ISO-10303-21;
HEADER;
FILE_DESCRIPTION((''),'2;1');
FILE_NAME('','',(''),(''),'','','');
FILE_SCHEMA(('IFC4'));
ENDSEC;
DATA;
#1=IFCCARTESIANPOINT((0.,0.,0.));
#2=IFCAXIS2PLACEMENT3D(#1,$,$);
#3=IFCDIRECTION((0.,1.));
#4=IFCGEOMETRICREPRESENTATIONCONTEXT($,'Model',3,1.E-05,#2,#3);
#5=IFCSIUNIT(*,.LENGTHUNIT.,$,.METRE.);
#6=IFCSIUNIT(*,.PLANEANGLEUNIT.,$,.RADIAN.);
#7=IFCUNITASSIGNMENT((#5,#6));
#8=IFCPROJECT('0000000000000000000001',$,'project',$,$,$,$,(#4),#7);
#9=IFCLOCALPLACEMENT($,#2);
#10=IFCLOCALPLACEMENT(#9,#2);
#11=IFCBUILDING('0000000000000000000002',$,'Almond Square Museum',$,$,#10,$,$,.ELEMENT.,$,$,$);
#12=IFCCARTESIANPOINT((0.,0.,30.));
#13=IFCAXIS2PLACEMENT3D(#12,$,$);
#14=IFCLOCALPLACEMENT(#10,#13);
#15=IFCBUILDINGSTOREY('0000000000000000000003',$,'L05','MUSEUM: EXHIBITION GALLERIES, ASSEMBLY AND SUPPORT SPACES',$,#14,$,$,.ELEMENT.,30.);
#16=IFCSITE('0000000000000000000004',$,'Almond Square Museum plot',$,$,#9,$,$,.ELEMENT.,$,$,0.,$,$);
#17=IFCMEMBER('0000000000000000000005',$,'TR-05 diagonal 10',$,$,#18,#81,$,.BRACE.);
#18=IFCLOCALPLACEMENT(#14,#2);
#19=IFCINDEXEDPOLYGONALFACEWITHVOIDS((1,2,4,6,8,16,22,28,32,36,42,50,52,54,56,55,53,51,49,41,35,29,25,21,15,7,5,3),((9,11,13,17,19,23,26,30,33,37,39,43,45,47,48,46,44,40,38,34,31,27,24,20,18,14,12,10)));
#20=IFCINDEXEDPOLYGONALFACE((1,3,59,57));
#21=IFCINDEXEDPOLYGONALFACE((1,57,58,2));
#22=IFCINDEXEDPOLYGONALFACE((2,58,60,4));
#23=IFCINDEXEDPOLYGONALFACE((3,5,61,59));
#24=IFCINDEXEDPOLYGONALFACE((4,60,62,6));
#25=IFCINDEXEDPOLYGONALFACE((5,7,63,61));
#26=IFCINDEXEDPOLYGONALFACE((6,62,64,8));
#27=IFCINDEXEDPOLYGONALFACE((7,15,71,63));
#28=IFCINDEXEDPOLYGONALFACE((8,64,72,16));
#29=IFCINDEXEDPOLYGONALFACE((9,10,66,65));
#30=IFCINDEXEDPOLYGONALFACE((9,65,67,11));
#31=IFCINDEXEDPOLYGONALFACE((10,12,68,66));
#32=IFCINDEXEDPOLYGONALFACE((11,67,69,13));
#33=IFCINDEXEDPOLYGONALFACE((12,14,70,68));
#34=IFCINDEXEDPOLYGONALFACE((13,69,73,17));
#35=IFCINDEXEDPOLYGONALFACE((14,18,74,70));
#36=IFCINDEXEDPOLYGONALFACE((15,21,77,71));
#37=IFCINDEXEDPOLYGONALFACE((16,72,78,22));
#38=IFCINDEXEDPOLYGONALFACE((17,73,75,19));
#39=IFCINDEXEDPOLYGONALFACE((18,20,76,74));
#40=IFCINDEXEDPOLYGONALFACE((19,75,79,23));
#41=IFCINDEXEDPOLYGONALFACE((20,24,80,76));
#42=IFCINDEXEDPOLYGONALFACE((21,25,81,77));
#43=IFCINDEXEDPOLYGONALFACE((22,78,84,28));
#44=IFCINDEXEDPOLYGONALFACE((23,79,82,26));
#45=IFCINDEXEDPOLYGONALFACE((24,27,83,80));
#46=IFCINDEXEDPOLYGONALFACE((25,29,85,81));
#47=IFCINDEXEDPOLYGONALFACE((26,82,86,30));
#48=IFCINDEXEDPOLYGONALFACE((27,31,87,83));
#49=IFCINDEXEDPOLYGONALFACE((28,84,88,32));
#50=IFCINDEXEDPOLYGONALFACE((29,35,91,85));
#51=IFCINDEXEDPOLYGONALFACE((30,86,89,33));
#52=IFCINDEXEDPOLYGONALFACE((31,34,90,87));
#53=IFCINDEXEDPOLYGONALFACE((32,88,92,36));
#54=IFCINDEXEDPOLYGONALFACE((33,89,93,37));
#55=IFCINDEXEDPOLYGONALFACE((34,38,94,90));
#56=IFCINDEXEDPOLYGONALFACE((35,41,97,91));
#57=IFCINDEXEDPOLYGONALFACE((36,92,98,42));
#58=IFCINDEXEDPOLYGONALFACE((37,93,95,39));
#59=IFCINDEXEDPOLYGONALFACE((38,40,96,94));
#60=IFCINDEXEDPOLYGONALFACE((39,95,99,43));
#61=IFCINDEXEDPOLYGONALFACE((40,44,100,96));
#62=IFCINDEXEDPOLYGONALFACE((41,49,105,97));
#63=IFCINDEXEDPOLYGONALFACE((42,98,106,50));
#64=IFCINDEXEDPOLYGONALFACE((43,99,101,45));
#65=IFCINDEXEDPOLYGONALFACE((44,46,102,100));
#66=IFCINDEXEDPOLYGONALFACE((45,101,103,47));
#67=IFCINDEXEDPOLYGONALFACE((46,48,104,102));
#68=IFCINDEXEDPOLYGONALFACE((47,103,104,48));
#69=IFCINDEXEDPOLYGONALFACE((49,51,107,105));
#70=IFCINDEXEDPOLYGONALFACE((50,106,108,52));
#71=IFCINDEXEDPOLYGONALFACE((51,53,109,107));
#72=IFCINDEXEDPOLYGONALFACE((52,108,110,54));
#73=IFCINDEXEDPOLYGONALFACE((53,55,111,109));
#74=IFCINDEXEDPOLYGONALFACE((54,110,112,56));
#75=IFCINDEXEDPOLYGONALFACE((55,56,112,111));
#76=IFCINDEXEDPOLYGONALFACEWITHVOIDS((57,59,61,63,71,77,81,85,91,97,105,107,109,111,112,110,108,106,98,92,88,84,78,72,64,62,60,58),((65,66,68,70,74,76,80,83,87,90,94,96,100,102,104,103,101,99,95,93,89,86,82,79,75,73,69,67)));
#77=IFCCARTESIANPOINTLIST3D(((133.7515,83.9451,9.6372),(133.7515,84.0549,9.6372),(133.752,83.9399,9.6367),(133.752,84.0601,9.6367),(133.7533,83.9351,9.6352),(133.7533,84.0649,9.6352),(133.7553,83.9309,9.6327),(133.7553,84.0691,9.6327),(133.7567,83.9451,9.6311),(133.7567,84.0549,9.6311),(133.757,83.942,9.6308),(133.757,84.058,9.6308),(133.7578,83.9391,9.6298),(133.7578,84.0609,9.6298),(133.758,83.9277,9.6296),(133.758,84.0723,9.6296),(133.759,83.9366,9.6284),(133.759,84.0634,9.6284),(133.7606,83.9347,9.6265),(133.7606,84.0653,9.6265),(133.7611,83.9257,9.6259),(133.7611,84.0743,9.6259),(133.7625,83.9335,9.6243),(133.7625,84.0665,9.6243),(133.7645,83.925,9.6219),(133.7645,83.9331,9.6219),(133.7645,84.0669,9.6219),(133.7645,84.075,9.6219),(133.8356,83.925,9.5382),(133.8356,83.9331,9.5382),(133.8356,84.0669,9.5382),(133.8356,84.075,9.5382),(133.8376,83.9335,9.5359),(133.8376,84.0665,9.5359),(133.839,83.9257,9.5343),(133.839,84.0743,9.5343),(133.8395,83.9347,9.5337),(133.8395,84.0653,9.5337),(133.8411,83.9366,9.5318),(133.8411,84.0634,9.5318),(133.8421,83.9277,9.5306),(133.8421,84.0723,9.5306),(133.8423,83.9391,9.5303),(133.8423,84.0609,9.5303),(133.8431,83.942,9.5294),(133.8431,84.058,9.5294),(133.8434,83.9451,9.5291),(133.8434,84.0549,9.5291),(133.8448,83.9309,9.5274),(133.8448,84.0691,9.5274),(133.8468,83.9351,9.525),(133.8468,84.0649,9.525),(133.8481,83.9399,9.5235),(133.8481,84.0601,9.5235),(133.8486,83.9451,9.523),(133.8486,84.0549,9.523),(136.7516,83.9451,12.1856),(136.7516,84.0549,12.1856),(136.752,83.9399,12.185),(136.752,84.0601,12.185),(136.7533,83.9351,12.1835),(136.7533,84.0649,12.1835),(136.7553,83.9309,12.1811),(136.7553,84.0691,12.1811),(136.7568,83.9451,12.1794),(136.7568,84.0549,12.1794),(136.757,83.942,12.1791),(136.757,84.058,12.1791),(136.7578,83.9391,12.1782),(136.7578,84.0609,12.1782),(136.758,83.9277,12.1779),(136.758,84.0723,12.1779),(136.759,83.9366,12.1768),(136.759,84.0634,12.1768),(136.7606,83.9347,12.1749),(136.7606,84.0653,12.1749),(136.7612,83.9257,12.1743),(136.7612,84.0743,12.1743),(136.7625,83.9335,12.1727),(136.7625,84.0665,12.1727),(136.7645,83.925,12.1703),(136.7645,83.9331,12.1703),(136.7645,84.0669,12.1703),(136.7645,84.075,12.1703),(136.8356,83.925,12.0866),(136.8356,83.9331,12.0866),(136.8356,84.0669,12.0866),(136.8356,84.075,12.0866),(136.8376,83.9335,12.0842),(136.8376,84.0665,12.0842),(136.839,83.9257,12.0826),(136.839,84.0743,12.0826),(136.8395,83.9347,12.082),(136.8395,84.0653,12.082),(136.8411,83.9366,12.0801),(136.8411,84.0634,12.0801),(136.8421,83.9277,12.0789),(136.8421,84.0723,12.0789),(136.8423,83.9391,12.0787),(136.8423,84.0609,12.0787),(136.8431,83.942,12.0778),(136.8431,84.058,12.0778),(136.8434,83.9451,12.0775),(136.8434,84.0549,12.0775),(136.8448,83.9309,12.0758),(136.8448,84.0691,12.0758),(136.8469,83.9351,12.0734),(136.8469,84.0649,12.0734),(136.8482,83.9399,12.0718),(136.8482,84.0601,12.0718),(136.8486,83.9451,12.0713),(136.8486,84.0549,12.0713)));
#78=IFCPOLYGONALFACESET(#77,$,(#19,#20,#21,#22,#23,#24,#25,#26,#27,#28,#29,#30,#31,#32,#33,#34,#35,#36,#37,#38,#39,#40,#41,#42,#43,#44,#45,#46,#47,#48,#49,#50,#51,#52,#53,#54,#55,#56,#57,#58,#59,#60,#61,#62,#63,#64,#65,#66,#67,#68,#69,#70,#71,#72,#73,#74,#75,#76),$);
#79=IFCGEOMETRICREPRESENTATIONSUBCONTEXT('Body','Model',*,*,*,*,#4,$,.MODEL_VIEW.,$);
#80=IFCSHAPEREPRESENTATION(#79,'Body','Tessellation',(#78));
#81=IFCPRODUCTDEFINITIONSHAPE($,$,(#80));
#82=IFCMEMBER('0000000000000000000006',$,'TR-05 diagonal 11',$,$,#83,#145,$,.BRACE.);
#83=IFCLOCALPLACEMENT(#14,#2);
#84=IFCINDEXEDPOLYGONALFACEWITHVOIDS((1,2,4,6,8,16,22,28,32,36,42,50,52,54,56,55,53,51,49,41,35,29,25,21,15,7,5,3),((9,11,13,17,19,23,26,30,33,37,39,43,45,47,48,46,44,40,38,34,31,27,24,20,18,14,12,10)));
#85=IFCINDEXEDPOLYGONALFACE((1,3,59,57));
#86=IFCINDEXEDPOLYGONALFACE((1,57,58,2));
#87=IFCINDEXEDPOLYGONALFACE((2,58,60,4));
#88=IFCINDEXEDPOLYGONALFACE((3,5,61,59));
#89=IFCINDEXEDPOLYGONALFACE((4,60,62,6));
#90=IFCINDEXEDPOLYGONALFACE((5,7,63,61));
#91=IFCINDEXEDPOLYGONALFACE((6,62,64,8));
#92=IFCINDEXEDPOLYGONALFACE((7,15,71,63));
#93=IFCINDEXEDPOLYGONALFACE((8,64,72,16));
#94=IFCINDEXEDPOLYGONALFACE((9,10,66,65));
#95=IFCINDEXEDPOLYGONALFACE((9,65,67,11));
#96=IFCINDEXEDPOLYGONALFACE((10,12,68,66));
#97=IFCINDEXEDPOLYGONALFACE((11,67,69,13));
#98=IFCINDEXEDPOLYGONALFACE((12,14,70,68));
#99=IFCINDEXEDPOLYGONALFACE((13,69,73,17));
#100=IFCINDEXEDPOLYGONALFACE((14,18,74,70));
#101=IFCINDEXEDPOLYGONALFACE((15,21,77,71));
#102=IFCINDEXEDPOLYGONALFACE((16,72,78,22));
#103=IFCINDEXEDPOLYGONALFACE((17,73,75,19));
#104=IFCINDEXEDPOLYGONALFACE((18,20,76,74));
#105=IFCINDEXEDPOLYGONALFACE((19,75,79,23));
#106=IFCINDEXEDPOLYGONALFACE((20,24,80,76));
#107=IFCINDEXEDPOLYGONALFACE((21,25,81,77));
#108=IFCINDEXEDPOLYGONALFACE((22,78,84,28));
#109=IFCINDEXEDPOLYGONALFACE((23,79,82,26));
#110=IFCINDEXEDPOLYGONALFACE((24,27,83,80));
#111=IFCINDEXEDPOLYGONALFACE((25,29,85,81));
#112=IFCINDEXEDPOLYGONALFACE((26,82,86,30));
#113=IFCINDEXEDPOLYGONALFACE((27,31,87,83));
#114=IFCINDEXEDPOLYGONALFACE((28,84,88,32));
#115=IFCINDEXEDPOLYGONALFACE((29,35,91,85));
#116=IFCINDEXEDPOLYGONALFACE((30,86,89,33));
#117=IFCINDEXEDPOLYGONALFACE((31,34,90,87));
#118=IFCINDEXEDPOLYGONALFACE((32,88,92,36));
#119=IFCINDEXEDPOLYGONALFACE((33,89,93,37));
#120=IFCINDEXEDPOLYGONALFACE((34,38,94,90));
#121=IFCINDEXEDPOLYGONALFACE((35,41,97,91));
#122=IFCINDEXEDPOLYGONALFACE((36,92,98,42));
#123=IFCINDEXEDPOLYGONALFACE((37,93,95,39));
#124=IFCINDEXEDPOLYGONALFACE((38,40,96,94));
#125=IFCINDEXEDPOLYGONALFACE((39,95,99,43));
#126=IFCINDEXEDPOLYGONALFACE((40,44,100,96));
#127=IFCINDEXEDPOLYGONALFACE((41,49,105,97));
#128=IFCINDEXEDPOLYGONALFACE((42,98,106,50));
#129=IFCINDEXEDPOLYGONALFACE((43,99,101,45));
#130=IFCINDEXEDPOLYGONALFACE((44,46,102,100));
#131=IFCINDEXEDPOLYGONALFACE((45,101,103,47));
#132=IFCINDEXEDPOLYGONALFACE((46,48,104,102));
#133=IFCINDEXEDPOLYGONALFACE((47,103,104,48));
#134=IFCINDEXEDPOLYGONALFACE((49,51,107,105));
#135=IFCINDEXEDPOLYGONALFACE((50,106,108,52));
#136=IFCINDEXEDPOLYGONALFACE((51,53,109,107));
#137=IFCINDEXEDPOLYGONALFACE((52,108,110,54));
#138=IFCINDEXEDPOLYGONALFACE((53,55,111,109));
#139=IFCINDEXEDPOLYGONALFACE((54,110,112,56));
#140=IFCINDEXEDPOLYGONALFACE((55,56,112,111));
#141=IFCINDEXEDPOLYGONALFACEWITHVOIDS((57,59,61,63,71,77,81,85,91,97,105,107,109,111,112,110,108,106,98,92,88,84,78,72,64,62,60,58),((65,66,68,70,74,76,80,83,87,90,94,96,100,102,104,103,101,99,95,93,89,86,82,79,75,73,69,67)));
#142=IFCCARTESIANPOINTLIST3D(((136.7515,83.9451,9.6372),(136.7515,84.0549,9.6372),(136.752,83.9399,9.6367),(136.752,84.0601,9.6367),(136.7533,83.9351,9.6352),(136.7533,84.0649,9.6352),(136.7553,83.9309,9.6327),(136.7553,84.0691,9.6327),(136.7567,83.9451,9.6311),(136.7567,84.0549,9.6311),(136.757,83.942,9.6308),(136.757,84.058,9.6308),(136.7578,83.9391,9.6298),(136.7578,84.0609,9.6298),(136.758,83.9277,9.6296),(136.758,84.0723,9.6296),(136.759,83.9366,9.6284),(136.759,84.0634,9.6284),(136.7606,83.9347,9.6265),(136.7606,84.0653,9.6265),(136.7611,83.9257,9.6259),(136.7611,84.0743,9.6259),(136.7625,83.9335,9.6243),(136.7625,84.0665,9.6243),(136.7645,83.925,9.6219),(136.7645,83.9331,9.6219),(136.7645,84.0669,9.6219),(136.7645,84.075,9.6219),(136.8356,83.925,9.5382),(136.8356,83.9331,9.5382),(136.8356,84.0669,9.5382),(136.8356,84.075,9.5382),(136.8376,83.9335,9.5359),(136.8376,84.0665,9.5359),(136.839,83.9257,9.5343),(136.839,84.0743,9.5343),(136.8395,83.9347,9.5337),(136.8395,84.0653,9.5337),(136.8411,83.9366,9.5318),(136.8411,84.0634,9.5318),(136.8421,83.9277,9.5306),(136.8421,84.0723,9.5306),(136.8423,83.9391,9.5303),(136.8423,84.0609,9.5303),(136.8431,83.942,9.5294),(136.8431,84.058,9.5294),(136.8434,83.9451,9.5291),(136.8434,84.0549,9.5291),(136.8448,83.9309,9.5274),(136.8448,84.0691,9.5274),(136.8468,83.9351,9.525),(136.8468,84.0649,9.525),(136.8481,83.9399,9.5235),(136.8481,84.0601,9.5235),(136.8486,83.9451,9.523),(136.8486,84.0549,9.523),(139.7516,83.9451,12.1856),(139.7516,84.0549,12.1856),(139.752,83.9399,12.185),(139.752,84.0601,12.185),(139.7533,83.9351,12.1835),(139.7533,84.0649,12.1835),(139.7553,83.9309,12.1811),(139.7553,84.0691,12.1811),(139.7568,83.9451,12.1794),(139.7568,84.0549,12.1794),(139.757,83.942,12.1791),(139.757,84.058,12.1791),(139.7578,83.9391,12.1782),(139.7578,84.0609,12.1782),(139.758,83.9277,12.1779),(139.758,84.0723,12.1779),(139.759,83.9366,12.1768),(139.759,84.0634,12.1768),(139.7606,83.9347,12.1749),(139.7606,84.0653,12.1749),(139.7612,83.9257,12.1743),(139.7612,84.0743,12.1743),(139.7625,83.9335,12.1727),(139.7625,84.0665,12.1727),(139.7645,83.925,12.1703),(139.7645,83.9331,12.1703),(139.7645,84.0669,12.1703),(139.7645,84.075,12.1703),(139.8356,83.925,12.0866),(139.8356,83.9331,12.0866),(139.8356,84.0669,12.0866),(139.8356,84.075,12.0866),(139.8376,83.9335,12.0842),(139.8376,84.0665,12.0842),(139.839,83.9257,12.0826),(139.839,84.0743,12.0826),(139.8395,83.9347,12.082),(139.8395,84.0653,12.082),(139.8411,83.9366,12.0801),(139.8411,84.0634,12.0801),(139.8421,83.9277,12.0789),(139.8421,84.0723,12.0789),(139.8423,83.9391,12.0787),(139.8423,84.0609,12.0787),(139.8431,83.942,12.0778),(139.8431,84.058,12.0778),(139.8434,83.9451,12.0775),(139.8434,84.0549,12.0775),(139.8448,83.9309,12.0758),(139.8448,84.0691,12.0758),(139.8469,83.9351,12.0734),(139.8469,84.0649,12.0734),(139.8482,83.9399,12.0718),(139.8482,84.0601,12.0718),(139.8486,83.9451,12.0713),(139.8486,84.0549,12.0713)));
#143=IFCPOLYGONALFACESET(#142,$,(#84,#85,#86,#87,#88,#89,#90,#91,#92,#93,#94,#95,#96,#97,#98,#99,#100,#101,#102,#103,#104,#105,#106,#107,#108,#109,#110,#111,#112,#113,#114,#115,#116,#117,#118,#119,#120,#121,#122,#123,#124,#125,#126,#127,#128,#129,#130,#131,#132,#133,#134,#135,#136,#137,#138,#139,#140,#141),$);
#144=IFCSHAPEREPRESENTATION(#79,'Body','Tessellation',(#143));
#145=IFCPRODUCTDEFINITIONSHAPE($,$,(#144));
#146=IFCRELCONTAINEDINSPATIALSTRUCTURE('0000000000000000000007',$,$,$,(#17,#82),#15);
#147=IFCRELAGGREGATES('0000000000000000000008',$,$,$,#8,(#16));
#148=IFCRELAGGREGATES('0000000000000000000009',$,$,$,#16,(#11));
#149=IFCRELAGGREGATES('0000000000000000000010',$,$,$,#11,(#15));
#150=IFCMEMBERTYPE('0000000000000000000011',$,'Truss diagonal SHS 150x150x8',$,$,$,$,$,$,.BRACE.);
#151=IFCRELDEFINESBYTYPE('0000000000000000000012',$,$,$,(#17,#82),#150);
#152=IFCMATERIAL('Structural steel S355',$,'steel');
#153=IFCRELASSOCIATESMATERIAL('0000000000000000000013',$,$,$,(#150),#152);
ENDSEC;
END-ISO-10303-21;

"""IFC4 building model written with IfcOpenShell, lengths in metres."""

from ifc_helpers import new_model, si_unit, direction, frame, origin, origin_2d, place, context, subcontext, project, spatial, hollow_rectangle, extrude, material, material_profile, profile_set, type_object, element, save


model = new_model("IFC4")

# Units and contexts
model_context = context("Model", 3, precision=1e-05, world=origin(), true_north=direction((0.0, 1.0)))
body_context = subcontext(model_context, "Body", "Model", "MODEL_VIEW")
ifc_project = project(units=[si_unit("LENGTHUNIT", "METRE"), si_unit("PLANEANGLEUNIT", "RADIAN")], contexts=[model_context])

# Site, building, storey
site_placement = place(None, origin())
site = spatial("IfcSite", under=ifc_project, at=site_placement, Name="Almond Square Museum plot", CompositionType="ELEMENT", RefElevation=0.0)
building_placement = place(site_placement, origin())
building = spatial("IfcBuilding", under=site, at=building_placement, Name="Almond Square Museum", CompositionType="ELEMENT")
storey_placement = place(building_placement, frame((0.0, 0.0, 30.0)))
storey = spatial("IfcBuildingStorey", under=building, at=storey_placement, Name="L05", Description="MUSEUM: EXHIBITION GALLERIES, ASSEMBLY AND SUPPORT SPACES", CompositionType="ELEMENT", Elevation=30.0)

# Members
ifc_material_1 = material(Name="Structural steel S355", Category="steel")
ifc_material_profile_1 = material_profile(ifc_material_1, hollow_rectangle(XDim=0.1499, YDim=0.1499, WallThickness=0.0081, InnerFilletRadius=0.012, OuterFilletRadius=0.02, at=origin_2d()))
ifc_profile_set_1 = profile_set([ifc_material_profile_1], Name="Structural steel S355")
member_type_1 = type_object("IfcMemberType", Name="Truss diagonal SHS 150x150x8", PredefinedType="BRACE", material=ifc_profile_set_1)
for number, where, z_axis, x_axis, name in (
    (1, (133.8, 84.0, 9.5801), (0.762147, 0.0, 0.647404), (0.0, 1.0, 0.0), "TR-05 diagonal 10"),
    (2, (136.8, 84.0, 9.5801), (0.762147, 0.0, 0.647404), (0.0, 1.0, 0.0), "TR-05 diagonal 11"),
):
    element("IfcMember", number, at=place(storey_placement, frame(where, z_axis=z_axis, x_axis=x_axis)), inside=storey, type_object=member_type_1, Name=name, PredefinedType="BRACE", context=body_context, shape_type="SweptSolid", body=[
        extrude(hollow_rectangle(XDim=0.1499, YDim=0.1499, WallThickness=0.0081, InnerFilletRadius=0.012, OuterFilletRadius=0.02, at=origin_2d()), origin(), (0.0, 0.0, 1.0), 3.9363),
    ])

save(model, "model.ifc")
